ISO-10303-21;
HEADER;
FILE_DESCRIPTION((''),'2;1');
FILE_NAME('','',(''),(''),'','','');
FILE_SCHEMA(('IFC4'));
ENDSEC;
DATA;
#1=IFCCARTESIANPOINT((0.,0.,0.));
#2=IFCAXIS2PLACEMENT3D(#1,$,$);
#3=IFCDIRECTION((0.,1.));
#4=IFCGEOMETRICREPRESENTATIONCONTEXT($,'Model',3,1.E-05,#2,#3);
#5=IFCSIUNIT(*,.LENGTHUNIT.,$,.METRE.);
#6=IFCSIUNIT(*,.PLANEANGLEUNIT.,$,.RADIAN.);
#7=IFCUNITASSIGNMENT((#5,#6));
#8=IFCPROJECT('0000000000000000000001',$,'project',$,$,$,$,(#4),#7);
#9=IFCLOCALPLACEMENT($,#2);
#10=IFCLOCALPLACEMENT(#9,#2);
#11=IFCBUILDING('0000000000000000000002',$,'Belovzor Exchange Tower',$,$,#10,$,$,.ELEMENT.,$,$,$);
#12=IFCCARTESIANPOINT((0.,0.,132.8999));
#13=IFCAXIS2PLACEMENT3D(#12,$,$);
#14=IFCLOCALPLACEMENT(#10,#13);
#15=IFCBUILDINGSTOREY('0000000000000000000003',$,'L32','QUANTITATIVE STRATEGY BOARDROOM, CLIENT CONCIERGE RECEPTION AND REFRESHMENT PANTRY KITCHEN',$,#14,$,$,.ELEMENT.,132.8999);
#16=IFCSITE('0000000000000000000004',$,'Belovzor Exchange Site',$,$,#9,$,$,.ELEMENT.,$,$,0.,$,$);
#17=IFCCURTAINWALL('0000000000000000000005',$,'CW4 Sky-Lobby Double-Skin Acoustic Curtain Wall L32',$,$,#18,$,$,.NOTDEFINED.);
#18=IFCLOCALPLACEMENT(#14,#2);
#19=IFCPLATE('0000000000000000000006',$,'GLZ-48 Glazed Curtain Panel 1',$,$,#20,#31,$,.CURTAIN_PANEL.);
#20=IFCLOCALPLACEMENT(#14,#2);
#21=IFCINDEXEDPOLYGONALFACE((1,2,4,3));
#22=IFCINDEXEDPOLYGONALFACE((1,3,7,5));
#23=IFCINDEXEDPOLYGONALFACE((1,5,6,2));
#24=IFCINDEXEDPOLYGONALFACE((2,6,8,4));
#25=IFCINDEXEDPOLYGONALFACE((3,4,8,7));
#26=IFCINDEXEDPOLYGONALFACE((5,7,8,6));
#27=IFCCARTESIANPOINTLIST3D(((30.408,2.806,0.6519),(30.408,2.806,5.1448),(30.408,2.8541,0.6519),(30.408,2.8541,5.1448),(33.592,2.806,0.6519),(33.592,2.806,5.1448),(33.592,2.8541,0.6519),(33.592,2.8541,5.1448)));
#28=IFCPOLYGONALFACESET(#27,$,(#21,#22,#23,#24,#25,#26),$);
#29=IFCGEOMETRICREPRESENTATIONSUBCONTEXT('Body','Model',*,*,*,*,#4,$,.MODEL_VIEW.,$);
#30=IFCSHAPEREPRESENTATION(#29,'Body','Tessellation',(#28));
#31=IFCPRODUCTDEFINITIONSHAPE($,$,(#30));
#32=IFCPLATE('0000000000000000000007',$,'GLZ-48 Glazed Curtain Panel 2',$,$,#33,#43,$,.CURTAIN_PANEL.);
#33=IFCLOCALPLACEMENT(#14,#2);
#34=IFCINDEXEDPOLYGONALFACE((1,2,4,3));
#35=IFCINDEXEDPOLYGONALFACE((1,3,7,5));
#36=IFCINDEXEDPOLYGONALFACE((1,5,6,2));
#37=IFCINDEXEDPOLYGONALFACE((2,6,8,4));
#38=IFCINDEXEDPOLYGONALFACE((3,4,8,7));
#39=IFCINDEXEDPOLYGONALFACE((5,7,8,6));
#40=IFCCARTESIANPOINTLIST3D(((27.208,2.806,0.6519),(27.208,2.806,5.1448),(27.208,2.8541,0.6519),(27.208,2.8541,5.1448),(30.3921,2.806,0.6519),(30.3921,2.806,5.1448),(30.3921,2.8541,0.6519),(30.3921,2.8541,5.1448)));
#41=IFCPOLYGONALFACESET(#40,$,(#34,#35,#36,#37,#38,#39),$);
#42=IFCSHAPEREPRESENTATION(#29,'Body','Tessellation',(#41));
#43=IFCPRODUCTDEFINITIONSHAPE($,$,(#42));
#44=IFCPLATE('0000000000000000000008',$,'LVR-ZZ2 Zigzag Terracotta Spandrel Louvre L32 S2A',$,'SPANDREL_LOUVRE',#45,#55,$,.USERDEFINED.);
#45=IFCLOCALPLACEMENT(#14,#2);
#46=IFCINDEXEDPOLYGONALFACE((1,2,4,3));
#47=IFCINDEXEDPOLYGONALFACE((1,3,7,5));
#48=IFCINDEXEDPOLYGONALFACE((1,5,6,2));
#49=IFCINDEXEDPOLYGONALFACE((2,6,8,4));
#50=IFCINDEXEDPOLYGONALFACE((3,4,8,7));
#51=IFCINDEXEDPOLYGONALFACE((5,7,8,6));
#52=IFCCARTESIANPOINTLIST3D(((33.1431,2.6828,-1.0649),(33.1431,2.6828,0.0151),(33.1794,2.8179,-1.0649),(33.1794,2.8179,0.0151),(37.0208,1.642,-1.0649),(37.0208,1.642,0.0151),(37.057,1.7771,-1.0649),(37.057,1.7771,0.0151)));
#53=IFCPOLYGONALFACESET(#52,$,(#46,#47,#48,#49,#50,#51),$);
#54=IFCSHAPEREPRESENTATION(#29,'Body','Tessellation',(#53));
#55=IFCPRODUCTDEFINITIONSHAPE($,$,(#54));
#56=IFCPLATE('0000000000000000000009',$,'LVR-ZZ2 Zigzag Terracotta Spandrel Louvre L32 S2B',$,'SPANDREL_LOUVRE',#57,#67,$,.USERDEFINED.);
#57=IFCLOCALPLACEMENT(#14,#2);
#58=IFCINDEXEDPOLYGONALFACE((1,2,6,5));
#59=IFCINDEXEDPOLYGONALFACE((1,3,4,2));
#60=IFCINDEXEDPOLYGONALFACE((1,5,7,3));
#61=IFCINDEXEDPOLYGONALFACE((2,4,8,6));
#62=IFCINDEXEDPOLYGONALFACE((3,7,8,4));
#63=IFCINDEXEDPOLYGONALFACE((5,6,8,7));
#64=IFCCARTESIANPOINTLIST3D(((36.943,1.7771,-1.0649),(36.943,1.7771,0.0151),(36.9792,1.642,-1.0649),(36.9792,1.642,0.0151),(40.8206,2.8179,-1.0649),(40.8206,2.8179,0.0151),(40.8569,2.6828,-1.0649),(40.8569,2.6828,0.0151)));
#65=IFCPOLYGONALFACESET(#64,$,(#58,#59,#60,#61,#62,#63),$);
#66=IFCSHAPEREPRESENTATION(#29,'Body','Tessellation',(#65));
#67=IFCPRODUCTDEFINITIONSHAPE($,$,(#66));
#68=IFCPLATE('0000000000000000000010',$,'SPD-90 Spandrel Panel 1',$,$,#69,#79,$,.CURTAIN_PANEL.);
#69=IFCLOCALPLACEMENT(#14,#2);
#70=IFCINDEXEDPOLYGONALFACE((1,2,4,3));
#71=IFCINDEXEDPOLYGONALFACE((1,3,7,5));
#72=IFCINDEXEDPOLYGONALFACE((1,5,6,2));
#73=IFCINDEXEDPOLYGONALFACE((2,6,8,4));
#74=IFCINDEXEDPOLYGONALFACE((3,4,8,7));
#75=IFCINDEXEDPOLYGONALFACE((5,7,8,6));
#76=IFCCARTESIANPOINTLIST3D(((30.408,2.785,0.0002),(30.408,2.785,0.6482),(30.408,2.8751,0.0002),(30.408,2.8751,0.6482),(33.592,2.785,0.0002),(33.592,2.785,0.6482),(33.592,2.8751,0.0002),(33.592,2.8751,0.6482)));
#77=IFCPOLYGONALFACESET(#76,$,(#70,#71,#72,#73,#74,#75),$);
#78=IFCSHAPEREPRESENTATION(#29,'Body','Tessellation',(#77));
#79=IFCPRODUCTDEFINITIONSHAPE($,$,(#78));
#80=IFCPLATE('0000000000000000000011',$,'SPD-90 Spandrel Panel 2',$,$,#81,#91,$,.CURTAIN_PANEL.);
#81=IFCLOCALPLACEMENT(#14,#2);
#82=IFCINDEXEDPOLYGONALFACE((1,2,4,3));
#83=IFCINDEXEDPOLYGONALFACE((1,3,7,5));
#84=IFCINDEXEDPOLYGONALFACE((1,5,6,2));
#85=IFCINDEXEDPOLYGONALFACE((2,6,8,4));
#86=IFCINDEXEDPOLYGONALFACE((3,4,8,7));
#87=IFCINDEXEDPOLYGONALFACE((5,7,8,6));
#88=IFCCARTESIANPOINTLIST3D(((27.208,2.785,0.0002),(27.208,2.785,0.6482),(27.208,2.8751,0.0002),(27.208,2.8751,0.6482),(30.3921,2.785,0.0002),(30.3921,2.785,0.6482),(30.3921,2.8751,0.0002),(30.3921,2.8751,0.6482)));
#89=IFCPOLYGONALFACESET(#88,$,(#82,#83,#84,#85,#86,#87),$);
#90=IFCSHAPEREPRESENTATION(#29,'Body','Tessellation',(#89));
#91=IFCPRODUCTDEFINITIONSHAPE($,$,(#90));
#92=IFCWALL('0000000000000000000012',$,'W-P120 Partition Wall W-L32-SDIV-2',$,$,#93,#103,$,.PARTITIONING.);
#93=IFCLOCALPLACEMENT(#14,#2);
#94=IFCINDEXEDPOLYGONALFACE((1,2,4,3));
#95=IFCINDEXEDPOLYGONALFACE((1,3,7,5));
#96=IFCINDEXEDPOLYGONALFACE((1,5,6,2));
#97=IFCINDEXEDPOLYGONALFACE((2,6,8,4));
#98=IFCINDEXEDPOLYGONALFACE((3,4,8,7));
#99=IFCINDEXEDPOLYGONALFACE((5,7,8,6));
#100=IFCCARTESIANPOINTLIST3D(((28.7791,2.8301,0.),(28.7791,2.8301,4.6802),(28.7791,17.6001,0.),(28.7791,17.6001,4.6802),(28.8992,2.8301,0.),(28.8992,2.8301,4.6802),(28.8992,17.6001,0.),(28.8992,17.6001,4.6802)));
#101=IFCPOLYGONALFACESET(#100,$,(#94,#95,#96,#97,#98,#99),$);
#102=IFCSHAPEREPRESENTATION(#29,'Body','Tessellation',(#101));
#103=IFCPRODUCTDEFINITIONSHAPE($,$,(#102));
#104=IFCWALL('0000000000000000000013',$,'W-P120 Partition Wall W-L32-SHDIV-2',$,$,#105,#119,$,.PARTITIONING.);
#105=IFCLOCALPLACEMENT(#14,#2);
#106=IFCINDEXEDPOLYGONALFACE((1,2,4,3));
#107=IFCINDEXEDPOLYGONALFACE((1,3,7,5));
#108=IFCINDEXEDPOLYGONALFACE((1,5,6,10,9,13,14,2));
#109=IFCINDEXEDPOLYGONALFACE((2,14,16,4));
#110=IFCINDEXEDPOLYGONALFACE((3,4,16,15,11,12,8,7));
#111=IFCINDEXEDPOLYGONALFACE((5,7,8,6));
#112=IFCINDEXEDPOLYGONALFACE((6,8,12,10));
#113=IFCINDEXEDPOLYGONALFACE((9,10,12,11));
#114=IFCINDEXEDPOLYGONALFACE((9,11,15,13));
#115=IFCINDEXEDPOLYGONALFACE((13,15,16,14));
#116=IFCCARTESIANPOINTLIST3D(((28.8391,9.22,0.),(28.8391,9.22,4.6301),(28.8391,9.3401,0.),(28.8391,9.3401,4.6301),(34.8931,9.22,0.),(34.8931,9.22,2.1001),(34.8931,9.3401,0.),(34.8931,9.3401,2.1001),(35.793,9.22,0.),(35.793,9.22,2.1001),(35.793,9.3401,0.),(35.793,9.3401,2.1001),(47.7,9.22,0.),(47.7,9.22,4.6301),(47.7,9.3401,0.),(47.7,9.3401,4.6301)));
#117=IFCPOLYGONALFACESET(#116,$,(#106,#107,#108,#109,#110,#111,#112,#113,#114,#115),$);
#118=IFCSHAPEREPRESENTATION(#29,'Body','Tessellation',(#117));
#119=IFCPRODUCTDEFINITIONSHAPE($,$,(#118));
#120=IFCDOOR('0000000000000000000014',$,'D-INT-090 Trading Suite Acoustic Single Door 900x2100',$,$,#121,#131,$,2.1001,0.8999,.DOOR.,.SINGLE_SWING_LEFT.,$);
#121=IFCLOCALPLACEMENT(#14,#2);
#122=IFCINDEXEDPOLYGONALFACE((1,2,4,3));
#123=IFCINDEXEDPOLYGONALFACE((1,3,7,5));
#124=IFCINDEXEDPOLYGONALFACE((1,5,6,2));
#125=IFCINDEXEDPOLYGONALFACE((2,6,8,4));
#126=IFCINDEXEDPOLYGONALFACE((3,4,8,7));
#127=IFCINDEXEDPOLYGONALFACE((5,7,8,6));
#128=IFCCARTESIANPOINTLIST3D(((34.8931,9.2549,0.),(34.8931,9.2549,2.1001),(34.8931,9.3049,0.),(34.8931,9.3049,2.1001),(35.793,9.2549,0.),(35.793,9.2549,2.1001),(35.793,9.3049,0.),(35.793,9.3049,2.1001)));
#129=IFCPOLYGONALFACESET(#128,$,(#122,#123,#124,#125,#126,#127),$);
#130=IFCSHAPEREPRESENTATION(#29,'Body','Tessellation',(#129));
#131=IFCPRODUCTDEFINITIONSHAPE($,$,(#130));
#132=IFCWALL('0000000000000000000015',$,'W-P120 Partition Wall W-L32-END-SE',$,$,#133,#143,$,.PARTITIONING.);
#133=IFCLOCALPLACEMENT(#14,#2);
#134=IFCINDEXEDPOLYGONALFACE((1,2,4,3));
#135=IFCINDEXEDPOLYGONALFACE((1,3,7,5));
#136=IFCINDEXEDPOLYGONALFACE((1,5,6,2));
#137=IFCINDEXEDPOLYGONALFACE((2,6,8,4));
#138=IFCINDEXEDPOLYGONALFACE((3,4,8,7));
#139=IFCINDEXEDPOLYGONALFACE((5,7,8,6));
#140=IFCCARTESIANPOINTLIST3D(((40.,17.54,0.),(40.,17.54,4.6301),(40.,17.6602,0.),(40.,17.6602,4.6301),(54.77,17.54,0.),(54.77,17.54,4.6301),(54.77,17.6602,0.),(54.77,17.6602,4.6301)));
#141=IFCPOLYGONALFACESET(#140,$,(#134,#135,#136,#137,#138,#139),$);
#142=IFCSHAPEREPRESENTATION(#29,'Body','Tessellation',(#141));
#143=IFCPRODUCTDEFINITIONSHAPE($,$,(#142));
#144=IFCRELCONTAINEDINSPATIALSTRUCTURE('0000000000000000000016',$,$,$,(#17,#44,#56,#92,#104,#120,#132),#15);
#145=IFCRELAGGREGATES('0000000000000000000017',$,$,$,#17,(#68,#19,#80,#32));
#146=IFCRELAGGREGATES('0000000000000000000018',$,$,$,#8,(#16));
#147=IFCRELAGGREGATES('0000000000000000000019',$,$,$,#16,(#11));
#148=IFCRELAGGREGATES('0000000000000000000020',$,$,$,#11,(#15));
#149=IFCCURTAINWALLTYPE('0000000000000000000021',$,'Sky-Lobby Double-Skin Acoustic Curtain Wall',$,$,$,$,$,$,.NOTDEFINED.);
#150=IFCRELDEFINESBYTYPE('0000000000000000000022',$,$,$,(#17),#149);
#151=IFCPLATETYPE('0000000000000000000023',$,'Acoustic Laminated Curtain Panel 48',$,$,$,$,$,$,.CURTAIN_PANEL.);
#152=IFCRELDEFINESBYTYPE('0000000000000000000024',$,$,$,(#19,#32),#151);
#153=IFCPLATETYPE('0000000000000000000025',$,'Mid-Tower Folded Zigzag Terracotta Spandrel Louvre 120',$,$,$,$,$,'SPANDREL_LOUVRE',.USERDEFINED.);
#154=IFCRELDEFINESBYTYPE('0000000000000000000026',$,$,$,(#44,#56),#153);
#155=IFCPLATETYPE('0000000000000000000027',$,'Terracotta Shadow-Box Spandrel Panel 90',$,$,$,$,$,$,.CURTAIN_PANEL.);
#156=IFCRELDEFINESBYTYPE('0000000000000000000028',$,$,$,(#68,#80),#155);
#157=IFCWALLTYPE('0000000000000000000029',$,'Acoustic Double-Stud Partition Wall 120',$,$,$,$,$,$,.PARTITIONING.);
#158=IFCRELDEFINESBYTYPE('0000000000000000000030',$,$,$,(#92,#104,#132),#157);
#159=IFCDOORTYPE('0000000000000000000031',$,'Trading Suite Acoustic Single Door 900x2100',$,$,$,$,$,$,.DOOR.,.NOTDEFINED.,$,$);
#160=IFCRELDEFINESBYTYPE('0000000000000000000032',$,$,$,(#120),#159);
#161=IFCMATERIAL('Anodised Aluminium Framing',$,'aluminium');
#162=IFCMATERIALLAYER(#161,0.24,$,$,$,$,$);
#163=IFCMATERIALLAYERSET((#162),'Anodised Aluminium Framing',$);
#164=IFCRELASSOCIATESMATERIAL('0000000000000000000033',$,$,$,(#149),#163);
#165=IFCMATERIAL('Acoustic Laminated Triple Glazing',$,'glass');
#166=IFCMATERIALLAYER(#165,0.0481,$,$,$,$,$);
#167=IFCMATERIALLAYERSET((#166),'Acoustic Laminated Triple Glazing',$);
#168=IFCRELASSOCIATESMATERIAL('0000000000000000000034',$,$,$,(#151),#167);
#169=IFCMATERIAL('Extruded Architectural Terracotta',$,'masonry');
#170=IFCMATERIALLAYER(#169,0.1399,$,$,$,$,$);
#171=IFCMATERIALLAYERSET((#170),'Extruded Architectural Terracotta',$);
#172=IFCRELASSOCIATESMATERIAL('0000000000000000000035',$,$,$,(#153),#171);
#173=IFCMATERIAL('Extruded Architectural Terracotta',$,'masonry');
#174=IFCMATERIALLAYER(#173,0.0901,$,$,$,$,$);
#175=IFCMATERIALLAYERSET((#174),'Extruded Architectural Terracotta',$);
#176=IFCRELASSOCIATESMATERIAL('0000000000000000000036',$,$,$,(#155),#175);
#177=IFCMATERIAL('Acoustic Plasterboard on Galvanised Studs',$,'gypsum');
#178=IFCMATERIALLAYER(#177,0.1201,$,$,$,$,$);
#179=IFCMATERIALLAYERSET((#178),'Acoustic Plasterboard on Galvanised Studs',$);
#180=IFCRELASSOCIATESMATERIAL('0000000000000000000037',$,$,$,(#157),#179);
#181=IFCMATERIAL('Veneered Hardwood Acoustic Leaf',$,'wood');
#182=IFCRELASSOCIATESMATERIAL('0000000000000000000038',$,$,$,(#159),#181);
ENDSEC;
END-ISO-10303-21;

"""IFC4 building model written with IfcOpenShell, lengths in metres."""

from ifc_helpers import new_model, si_unit, direction, frame, frame_2d, origin, origin_2d, place, context, subcontext, project, spatial, rectangle, extrude, material, layer, layer_set, type_object, element, fill, aggregate, save


model = new_model("IFC4")

# Units and contexts
model_context = context("Model", 3, precision=1e-05, world=origin(), true_north=direction((0.0, 1.0)))
body_context = subcontext(model_context, "Body", "Model", "MODEL_VIEW")
ifc_project = project(units=[si_unit("LENGTHUNIT", "METRE"), si_unit("PLANEANGLEUNIT", "RADIAN")], contexts=[model_context])

# Site, building, storey
site_placement = place(None, origin())
site = spatial("IfcSite", under=ifc_project, at=site_placement, Name="Belovzor Exchange Site", CompositionType="ELEMENT", RefElevation=0.0)
building_placement = place(site_placement, origin())
building = spatial("IfcBuilding", under=site, at=building_placement, Name="Belovzor Exchange Tower", CompositionType="ELEMENT")
storey_placement = place(building_placement, frame((0.0, 0.0, 132.8999)))
storey = spatial("IfcBuildingStorey", under=building, at=storey_placement, Name="L32", Description="QUANTITATIVE STRATEGY BOARDROOM, CLIENT CONCIERGE RECEPTION AND REFRESHMENT PANTRY KITCHEN", CompositionType="ELEMENT", Elevation=132.8999)

# Curtain wall, plates
ifc_material_1 = material(Name="Anodised Aluminium Framing", Category="aluminium")
ifc_layer_1 = layer(ifc_material_1, 0.24)
ifc_layer_set_1 = layer_set([ifc_layer_1], Name="Anodised Aluminium Framing")
curtain_wall_type = type_object("IfcCurtainWallType", Name="Sky-Lobby Double-Skin Acoustic Curtain Wall", PredefinedType="NOTDEFINED", material=ifc_layer_set_1)
curtain_wall_placement = place(storey_placement, origin())
curtain_wall = element("IfcCurtainWall", 1, at=curtain_wall_placement, inside=storey, type_object=curtain_wall_type, Name="CW4 Sky-Lobby Double-Skin Acoustic Curtain Wall L32", PredefinedType="NOTDEFINED")
ifc_material_2 = material(Name="Acoustic Laminated Triple Glazing", Category="glass")
ifc_layer_2 = layer(ifc_material_2, 0.0481)
ifc_layer_set_2 = layer_set([ifc_layer_2], Name="Acoustic Laminated Triple Glazing")
plate_type_1 = type_object("IfcPlateType", Name="Acoustic Laminated Curtain Panel 48", PredefinedType="CURTAIN_PANEL", material=ifc_layer_set_2)
plate_1_placement = place(storey_placement, frame((32.0, 2.8301, 0.6519), z_axis=(0.0, 0.0, 1.0), x_axis=(-1.0, 0.0, 0.0)))
plate_1 = element("IfcPlate", 2, at=plate_1_placement, type_object=plate_type_1, Name="GLZ-48 Glazed Curtain Panel 1", PredefinedType="CURTAIN_PANEL", context=body_context, shape_type="SweptSolid", body=[
    extrude(rectangle(XDim=3.1841, YDim=0.0481, at=origin_2d()), origin(), (0.0, 0.0, 1.0), 4.4929),
])
plate_2_placement = place(storey_placement, frame((28.8, 2.8301, 0.6519), z_axis=(0.0, 0.0, 1.0), x_axis=(-1.0, 0.0, 0.0)))
plate_2 = element("IfcPlate", 3, at=plate_2_placement, type_object=plate_type_1, Name="GLZ-48 Glazed Curtain Panel 2", PredefinedType="CURTAIN_PANEL", context=body_context, shape_type="SweptSolid", body=[
    extrude(rectangle(XDim=3.1841, YDim=0.0481, at=origin_2d()), origin(), (0.0, 0.0, 1.0), 4.4929),
])

# Plates
ifc_material_3 = material(Name="Extruded Architectural Terracotta", Category="masonry")
ifc_layer_3 = layer(ifc_material_3, 0.1399)
ifc_layer_set_3 = layer_set([ifc_layer_3], Name="Extruded Architectural Terracotta")
plate_type_2 = type_object("IfcPlateType", Name="Mid-Tower Folded Zigzag Terracotta Spandrel Louvre 120", ElementType="SPANDREL_LOUVRE", PredefinedType="USERDEFINED", material=ifc_layer_set_3)
for number, where, z_axis, x_axis, name in (
    (4, (35.1001, 2.23, -1.0649), (0.0, 0.0, 1.0), (0.965813, -0.25924, 0.0), "LVR-ZZ2 Zigzag Terracotta Spandrel Louvre L32 S2A"),
    (5, (38.8999, 2.23, -1.0649), (0.0, 0.0, 1.0), (0.965813, 0.25924, 0.0), "LVR-ZZ2 Zigzag Terracotta Spandrel Louvre L32 S2B"),
):
    element("IfcPlate", number, at=place(storey_placement, frame(where, z_axis=z_axis, x_axis=x_axis)), inside=storey, type_object=plate_type_2, Name=name, ObjectType="SPANDREL_LOUVRE", PredefinedType="USERDEFINED", context=body_context, shape_type="SweptSolid", body=[
        extrude(rectangle(XDim=4.0149, YDim=0.1399, at=origin_2d()), origin(), (0.0, 0.0, 1.0), 1.0801),
    ])

# Plates
ifc_material_4 = material(Name="Extruded Architectural Terracotta", Category="masonry")
ifc_layer_4 = layer(ifc_material_4, 0.0901)
ifc_layer_set_4 = layer_set([ifc_layer_4], Name="Extruded Architectural Terracotta")
plate_type_3 = type_object("IfcPlateType", Name="Terracotta Shadow-Box Spandrel Panel 90", PredefinedType="CURTAIN_PANEL", material=ifc_layer_set_4)
plate_3_placement = place(storey_placement, frame((32.0, 2.8301, 0.0002), z_axis=(0.0, 0.0, 1.0), x_axis=(-1.0, 0.0, 0.0)))
plate_3 = element("IfcPlate", 6, at=plate_3_placement, type_object=plate_type_3, Name="SPD-90 Spandrel Panel 1", PredefinedType="CURTAIN_PANEL", context=body_context, shape_type="SweptSolid", body=[
    extrude(rectangle(XDim=3.1841, YDim=0.0901, at=origin_2d()), origin(), (0.0, 0.0, 1.0), 0.6479),
])
plate_4_placement = place(storey_placement, frame((28.8, 2.8301, 0.0002), z_axis=(0.0, 0.0, 1.0), x_axis=(-1.0, 0.0, 0.0)))
plate_4 = element("IfcPlate", 7, at=plate_4_placement, type_object=plate_type_3, Name="SPD-90 Spandrel Panel 2", PredefinedType="CURTAIN_PANEL", context=body_context, shape_type="SweptSolid", body=[
    extrude(rectangle(XDim=3.1841, YDim=0.0901, at=origin_2d()), origin(), (0.0, 0.0, 1.0), 0.6479),
])
aggregate(curtain_wall, [plate_3, plate_1, plate_4, plate_2])

# Wall
ifc_material_5 = material(Name="Acoustic Plasterboard on Galvanised Studs", Category="gypsum")
ifc_layer_5 = layer(ifc_material_5, 0.1201)
ifc_layer_set_5 = layer_set([ifc_layer_5], Name="Acoustic Plasterboard on Galvanised Studs")
wall_type_1 = type_object("IfcWallType", Name="Acoustic Double-Stud Partition Wall 120", PredefinedType="PARTITIONING", material=ifc_layer_set_5)
wall_1_placement = place(storey_placement, frame((28.8391, 2.8301, 0.0), z_axis=(0.0, 0.0, 1.0), x_axis=(0.0, 1.0, 0.0)))
element("IfcWall", 8, at=wall_1_placement, inside=storey, type_object=wall_type_1, Name="W-P120 Partition Wall W-L32-SDIV-2", PredefinedType="PARTITIONING", context=body_context, shape_type="SweptSolid", body=[
    extrude(rectangle(XDim=14.77, YDim=0.1201, at=frame_2d((7.385, 0.0))), origin(), (0.0, 0.0, 1.0), 4.6802),
])

# Wall, opening, door
wall_2_placement = place(storey_placement, frame((28.8391, 9.28, 0.0), z_axis=(0.0, 0.0, 1.0), x_axis=(1.0, 0.0, 0.0)))
wall_2 = element("IfcWall", 9, at=wall_2_placement, inside=storey, type_object=wall_type_1, Name="W-P120 Partition Wall W-L32-SHDIV-2", PredefinedType="PARTITIONING", context=body_context, shape_type="SweptSolid", body=[
    extrude(rectangle(XDim=18.8608, YDim=0.1201, at=frame_2d((9.4304, 0.0))), origin(), (0.0, 0.0, 1.0), 4.6301),
])
opening_1_placement = place(wall_2_placement, frame((6.054, 0.0, 0.0)))
opening_1 = element("IfcOpeningElement", 10, at=opening_1_placement, cuts=wall_2, PredefinedType="OPENING", context=body_context, shape_type="SweptSolid", body=[
    extrude(rectangle(XDim=0.8999, YDim=2.1001, at=frame_2d((0.45, 1.05))), frame((0.0, 0.0701, 0.0), z_axis=(0.0, -1.0, 0.0), x_axis=(1.0, 0.0, 0.0)), (0.0, 0.0, 1.0), 0.1401),
])
ifc_material_6 = material(Name="Veneered Hardwood Acoustic Leaf", Category="wood")
door_type = type_object("IfcDoorType", Name="Trading Suite Acoustic Single Door 900x2100", OperationType="NOTDEFINED", PredefinedType="DOOR", material=ifc_material_6)
door_1_placement = place(opening_1_placement, origin())
door_1 = element("IfcDoor", 11, at=door_1_placement, inside=storey, type_object=door_type, Name="D-INT-090 Trading Suite Acoustic Single Door 900x2100", OperationType="SINGLE_SWING_LEFT", OverallHeight=2.1001, OverallWidth=0.8999, PredefinedType="DOOR", context=body_context, shape_type="SweptSolid", body=[
    extrude(rectangle(XDim=0.8999, YDim=2.1001, at=frame_2d((0.45, 1.05))), frame((0.0, 0.0249, 0.0), z_axis=(0.0, -1.0, 0.0), x_axis=(1.0, 0.0, 0.0)), (0.0, 0.0, 1.0), 0.05),
])
fill(opening_1, door_1)

# Wall
wall_3_placement = place(storey_placement, frame((40.0, 17.6001, 0.0), z_axis=(0.0, 0.0, 1.0), x_axis=(1.0, 0.0, 0.0)))
element("IfcWall", 12, at=wall_3_placement, inside=storey, type_object=wall_type_1, Name="W-P120 Partition Wall W-L32-END-SE", PredefinedType="PARTITIONING", context=body_context, shape_type="SweptSolid", body=[
    extrude(rectangle(XDim=14.77, YDim=0.1201, at=frame_2d((7.385, 0.0))), origin(), (0.0, 0.0, 1.0), 4.6301),
])

save(model, "model.ifc")
